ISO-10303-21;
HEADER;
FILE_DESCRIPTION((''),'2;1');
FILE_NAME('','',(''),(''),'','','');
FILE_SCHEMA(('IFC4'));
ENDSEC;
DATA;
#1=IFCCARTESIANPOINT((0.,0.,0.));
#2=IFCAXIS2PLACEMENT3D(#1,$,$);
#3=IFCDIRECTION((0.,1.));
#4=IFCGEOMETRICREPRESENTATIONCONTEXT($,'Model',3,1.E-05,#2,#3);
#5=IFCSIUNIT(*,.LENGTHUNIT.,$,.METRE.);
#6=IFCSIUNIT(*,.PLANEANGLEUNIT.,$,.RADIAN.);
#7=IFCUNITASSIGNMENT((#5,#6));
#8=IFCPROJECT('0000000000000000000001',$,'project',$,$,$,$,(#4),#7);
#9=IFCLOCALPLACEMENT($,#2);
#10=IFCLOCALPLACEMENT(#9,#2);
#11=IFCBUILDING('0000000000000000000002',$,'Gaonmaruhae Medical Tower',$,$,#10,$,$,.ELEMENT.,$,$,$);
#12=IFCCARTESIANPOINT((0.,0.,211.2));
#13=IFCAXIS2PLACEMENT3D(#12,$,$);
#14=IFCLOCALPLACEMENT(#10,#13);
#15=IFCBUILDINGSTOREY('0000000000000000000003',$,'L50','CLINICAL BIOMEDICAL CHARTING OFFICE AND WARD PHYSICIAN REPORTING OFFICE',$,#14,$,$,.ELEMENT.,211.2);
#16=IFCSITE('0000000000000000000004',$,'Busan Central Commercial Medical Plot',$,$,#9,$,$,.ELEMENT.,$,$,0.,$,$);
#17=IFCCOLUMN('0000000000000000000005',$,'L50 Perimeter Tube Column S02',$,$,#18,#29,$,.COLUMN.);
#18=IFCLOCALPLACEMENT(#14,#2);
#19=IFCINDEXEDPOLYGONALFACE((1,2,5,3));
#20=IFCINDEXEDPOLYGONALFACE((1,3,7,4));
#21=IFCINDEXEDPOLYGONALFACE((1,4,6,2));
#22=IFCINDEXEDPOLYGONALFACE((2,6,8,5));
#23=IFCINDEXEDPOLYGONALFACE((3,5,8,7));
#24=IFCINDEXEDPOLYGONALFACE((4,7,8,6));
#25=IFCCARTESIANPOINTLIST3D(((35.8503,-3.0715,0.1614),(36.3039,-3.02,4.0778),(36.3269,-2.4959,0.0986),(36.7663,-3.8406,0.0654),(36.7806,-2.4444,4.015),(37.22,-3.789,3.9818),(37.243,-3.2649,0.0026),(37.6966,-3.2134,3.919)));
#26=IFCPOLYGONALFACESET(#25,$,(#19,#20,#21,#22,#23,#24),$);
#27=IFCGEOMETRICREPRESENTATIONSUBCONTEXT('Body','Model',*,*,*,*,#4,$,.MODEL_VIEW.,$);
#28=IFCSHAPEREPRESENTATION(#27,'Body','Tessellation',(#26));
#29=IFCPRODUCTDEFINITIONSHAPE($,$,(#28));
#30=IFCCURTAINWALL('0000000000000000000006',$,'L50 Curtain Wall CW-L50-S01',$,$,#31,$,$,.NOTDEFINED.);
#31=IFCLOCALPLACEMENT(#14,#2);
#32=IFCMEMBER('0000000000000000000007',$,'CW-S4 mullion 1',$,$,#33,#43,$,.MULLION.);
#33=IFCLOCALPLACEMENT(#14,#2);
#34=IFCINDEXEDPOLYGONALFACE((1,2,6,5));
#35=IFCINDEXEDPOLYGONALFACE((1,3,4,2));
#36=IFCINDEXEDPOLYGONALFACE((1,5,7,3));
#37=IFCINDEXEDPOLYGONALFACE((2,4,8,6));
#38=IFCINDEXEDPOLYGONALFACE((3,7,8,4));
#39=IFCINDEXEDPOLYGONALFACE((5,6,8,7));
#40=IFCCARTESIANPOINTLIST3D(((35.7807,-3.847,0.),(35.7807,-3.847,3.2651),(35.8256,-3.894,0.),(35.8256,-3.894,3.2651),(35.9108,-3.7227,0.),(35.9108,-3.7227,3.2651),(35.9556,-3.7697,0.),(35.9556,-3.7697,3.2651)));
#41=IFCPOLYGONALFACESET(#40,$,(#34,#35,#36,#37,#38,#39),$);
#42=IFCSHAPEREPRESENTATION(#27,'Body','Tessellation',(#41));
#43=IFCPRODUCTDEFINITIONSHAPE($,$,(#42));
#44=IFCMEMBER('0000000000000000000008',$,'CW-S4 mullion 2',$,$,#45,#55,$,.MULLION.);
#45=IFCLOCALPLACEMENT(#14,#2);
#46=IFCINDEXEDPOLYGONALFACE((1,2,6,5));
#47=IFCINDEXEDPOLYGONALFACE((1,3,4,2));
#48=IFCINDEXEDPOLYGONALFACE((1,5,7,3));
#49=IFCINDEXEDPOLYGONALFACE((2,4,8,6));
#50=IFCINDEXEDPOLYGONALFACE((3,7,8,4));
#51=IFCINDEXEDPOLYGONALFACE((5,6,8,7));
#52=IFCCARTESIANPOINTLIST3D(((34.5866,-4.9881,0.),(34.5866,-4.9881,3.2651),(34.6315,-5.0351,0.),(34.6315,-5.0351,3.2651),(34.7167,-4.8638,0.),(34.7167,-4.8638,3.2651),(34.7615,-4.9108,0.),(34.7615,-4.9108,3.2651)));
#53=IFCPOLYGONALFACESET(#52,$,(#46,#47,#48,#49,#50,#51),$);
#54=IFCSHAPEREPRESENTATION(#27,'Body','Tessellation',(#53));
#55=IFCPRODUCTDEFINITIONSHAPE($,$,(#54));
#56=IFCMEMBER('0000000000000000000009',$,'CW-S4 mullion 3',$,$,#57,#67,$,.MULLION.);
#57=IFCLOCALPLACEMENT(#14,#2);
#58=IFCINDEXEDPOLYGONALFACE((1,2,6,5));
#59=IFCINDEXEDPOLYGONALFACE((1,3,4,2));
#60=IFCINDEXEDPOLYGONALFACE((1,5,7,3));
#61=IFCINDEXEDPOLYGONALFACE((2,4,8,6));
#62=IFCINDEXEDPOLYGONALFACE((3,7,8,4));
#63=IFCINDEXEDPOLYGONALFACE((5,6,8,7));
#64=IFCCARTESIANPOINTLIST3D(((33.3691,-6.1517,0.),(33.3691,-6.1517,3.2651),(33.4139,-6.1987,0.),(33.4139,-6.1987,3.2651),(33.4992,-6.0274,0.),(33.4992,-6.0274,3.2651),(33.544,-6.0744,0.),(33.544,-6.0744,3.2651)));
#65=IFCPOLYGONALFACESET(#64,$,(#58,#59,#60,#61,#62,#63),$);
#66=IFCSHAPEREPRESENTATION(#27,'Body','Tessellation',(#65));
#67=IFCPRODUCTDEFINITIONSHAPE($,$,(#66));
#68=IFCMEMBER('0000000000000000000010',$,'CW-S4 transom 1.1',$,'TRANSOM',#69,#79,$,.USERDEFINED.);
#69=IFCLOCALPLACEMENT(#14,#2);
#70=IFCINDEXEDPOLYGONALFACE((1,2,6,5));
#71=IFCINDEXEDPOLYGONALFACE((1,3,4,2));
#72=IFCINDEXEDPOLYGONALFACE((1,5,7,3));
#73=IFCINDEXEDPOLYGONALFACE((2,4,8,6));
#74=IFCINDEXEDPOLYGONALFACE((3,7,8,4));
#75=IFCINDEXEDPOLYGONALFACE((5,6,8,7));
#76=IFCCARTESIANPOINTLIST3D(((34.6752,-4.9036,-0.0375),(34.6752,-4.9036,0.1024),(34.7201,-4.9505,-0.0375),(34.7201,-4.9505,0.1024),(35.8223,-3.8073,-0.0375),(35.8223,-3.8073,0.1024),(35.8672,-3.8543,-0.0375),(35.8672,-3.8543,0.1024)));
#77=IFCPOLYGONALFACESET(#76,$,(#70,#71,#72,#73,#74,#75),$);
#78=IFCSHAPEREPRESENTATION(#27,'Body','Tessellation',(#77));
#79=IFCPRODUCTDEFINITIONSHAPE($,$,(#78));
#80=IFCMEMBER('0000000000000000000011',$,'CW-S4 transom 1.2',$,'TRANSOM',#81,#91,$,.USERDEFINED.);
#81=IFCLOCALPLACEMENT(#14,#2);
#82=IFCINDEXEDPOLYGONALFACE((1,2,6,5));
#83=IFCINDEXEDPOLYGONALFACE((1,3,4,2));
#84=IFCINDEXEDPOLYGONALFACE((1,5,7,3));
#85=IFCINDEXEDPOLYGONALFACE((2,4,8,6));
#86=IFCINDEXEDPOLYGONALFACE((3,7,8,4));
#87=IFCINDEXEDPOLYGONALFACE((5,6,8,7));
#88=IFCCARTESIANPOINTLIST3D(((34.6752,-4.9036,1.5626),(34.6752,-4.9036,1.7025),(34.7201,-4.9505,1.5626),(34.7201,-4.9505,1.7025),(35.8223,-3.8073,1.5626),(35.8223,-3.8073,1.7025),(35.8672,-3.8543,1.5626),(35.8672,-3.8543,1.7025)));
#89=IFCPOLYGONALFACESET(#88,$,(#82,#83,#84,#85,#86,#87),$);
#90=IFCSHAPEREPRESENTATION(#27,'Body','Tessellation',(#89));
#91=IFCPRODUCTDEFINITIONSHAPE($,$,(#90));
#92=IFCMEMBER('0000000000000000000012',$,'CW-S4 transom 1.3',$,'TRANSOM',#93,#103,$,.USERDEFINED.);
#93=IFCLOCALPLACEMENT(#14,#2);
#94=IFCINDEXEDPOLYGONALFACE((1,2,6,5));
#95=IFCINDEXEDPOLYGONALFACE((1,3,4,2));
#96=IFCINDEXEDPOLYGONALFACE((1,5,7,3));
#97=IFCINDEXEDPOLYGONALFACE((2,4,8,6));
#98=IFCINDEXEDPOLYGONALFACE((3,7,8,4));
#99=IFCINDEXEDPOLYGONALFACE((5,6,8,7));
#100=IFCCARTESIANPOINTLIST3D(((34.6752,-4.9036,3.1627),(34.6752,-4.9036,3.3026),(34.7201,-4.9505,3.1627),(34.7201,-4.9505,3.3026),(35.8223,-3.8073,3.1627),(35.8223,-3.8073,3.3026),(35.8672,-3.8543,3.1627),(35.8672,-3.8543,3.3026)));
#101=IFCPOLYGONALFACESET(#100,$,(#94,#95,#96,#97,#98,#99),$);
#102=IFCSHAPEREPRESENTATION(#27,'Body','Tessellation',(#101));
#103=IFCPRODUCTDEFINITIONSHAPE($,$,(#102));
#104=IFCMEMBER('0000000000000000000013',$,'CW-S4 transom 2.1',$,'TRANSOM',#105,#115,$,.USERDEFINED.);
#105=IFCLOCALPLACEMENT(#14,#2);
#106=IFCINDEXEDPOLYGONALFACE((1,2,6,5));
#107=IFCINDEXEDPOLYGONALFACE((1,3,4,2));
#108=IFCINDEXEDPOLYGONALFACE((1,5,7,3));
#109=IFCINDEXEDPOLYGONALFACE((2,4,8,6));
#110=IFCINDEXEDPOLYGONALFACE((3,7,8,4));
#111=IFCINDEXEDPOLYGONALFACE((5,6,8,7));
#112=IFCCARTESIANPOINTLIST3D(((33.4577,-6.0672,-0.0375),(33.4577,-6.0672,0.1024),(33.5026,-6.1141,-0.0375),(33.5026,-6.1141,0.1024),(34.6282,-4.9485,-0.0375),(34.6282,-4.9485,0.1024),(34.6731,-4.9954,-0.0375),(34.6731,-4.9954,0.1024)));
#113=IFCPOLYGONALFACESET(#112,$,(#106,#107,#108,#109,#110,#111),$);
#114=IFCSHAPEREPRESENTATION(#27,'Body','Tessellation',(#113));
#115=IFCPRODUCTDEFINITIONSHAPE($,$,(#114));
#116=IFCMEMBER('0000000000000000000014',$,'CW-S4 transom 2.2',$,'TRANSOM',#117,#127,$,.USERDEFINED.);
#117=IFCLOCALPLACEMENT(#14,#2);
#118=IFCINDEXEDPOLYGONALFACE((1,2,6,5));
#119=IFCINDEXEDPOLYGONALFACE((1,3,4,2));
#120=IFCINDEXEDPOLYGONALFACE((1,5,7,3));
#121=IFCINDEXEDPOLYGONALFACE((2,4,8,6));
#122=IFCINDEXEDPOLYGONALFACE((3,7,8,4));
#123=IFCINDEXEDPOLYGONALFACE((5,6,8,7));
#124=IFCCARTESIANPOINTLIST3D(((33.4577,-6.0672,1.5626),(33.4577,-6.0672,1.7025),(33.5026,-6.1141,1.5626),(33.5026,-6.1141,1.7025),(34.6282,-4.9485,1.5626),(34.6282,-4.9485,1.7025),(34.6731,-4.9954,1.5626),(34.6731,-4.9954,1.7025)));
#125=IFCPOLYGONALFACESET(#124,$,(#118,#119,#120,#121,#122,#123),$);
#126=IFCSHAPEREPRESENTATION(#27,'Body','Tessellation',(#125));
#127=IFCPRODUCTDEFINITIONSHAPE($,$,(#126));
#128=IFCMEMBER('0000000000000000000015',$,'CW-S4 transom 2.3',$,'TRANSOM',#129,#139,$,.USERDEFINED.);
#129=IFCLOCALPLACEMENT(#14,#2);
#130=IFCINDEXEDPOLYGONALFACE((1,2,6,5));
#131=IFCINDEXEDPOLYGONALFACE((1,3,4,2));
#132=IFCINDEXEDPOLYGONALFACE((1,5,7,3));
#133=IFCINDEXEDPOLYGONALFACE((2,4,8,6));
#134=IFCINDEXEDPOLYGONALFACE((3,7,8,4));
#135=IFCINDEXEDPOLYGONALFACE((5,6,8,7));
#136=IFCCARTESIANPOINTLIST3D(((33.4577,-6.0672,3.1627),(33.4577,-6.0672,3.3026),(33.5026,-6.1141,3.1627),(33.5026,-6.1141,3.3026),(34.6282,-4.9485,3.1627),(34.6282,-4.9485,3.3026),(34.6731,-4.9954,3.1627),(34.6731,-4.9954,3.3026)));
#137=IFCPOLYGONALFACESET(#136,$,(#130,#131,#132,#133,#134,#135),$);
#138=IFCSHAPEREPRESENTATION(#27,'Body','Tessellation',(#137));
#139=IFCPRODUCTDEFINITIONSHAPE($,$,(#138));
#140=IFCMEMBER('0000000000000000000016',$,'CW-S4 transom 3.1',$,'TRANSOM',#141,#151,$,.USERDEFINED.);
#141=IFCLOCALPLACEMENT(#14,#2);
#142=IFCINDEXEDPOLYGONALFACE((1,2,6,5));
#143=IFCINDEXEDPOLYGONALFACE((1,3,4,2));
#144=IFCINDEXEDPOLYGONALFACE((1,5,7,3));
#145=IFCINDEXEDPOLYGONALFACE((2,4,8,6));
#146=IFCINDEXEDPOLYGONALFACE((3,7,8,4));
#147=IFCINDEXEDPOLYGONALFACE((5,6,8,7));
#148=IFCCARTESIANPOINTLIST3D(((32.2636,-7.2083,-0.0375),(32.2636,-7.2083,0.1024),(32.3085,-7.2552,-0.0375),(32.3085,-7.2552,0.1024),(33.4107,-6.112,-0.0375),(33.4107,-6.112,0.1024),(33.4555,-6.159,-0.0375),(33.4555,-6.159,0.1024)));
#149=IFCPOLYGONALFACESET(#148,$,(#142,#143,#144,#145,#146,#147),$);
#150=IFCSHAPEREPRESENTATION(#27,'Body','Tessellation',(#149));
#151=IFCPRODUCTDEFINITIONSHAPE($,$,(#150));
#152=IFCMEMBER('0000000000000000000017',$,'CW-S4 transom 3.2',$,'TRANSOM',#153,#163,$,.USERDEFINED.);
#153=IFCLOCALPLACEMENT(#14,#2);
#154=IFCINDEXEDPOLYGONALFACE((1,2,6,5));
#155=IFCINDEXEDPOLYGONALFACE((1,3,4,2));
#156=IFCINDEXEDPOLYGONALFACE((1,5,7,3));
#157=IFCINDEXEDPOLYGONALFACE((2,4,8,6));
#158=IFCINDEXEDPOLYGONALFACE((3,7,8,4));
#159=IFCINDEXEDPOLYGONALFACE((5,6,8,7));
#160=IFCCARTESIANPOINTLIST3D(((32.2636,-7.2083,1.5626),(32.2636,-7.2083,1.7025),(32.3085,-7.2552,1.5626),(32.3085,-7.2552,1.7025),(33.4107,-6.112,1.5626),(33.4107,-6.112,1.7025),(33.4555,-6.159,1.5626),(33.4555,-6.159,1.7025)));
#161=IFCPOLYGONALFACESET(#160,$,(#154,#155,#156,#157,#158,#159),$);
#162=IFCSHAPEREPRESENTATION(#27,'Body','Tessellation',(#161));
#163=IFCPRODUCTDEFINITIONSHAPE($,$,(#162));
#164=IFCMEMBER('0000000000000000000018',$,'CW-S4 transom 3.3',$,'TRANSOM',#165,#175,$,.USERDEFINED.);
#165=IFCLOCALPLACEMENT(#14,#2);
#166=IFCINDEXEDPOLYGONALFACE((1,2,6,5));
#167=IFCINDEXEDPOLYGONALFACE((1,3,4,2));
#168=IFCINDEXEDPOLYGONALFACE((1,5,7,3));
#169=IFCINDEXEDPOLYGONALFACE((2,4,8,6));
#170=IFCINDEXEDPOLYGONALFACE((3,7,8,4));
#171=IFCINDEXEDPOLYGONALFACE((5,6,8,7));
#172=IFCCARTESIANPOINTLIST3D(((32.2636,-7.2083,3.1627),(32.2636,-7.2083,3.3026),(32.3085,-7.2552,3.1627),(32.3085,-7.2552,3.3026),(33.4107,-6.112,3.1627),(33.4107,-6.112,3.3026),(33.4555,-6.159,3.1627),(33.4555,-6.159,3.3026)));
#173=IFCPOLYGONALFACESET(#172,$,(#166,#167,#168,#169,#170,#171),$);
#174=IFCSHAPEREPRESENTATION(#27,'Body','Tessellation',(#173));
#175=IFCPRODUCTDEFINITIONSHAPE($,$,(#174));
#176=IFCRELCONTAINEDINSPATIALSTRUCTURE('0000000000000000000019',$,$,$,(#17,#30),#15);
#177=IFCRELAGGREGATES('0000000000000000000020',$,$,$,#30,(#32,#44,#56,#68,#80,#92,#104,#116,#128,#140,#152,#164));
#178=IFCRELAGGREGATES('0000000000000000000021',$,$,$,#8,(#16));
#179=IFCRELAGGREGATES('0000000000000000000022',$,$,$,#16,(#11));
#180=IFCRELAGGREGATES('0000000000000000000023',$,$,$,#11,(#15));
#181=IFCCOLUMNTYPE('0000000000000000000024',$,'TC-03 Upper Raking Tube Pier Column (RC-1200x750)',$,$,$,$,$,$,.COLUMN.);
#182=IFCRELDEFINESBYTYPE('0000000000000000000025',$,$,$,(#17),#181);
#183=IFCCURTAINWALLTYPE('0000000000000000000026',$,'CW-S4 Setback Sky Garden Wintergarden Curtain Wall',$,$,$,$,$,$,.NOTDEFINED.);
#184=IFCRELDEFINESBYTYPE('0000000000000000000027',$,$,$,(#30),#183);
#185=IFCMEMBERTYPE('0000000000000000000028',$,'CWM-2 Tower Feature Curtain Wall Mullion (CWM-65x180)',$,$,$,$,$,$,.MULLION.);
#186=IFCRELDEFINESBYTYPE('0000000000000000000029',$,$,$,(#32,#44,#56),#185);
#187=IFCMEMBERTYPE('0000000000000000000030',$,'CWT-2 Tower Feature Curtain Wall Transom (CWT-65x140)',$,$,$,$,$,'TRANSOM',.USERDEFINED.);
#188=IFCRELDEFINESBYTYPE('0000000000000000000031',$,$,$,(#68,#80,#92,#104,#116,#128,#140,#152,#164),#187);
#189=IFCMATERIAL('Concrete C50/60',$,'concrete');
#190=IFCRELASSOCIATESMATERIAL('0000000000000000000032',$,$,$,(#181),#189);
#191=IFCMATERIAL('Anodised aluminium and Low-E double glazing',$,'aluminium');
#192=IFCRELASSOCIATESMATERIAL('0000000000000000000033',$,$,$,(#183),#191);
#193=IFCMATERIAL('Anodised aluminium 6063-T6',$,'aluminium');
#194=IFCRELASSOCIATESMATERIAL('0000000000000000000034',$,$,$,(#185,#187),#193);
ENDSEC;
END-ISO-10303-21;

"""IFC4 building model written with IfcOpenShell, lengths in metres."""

from ifc_helpers import new_model, si_unit, direction, frame, origin, origin_2d, place, context, subcontext, project, spatial, rectangle, extrude, material, material_profile, profile_set, type_object, element, aggregate, save


model = new_model("IFC4")

# Units and contexts
model_context = context("Model", 3, precision=1e-05, world=origin(), true_north=direction((0.0, 1.0)))
body_context = subcontext(model_context, "Body", "Model", "MODEL_VIEW")
ifc_project = project(units=[si_unit("LENGTHUNIT", "METRE"), si_unit("PLANEANGLEUNIT", "RADIAN")], contexts=[model_context])

# Site, building, storey
site_placement = place(None, origin())
site = spatial("IfcSite", under=ifc_project, at=site_placement, Name="Busan Central Commercial Medical Plot", CompositionType="ELEMENT", RefElevation=0.0)
building_placement = place(site_placement, origin())
building = spatial("IfcBuilding", under=site, at=building_placement, Name="Gaonmaruhae Medical Tower", CompositionType="ELEMENT")
storey_placement = place(building_placement, frame((0.0, 0.0, 211.2)))
storey = spatial("IfcBuildingStorey", under=building, at=storey_placement, Name="L50", Description="CLINICAL BIOMEDICAL CHARTING OFFICE AND WARD PHYSICIAN REPORTING OFFICE", CompositionType="ELEMENT", Elevation=211.2)

# Column
ifc_material_1 = material(Name="Concrete C50/60", Category="concrete")
ifc_material_profile_1 = material_profile(ifc_material_1, rectangle(XDim=1.2, YDim=0.75, at=origin_2d()), Name="RC-1200x750")
ifc_profile_set_1 = profile_set([ifc_material_profile_1], Name="Concrete C50/60")
column_type = type_object("IfcColumnType", Name="TC-03 Upper Raking Tube Pier Column (RC-1200x750)", PredefinedType="COLUMN", material=ifc_profile_set_1)
column_placement = place(storey_placement, frame((36.5466, -3.1682, 0.082), z_axis=(0.115049, 0.013065, 0.993274), x_axis=(-0.763431, 0.640917, 0.079996)))
element("IfcColumn", 1, at=column_placement, inside=storey, type_object=column_type, Name="L50 Perimeter Tube Column S02", PredefinedType="COLUMN", context=body_context, shape_type="SweptSolid", body=[
    extrude(rectangle(XDim=1.2, YDim=0.75, at=origin_2d()), origin(), (0.0, 0.0, 1.0), 3.9429),
])

# Curtain wall, members
ifc_material_2 = material(Name="Anodised aluminium and Low-E double glazing", Category="aluminium")
curtain_wall_type = type_object("IfcCurtainWallType", Name="CW-S4 Setback Sky Garden Wintergarden Curtain Wall", PredefinedType="NOTDEFINED", material=ifc_material_2)
curtain_wall_placement = place(storey_placement, origin())
curtain_wall = element("IfcCurtainWall", 2, at=curtain_wall_placement, inside=storey, type_object=curtain_wall_type, Name="L50 Curtain Wall CW-L50-S01", PredefinedType="NOTDEFINED")
ifc_material_3 = material(Name="Anodised aluminium 6063-T6", Category="aluminium")
ifc_material_profile_2 = material_profile(ifc_material_3, rectangle(XDim=0.0649, YDim=0.1799, at=origin_2d()), Name="CWM-65x180")
ifc_profile_set_2 = profile_set([ifc_material_profile_2], Name="Anodised aluminium 6063-T6")
member_type_1 = type_object("IfcMemberType", Name="CWM-2 Tower Feature Curtain Wall Mullion (CWM-65x180)", PredefinedType="MULLION", material=ifc_profile_set_2)
member_1_placement = place(storey_placement, frame((35.8682, -3.8083, 0.0), z_axis=(0.0, 0.0, 1.0), x_axis=(0.690882, -0.722967, 0.0)))
member_1 = element("IfcMember", 3, at=member_1_placement, type_object=member_type_1, Name="CW-S4 mullion 1", PredefinedType="MULLION", context=body_context, shape_type="SweptSolid", body=[
    extrude(rectangle(XDim=0.0649, YDim=0.1799, at=origin_2d()), origin(), (0.0, 0.0, 1.0), 3.2651),
])
member_2_placement = place(storey_placement, frame((34.6741, -4.9495, 0.0), z_axis=(0.0, 0.0, 1.0), x_axis=(0.690882, -0.722967, 0.0)))
member_2 = element("IfcMember", 4, at=member_2_placement, type_object=member_type_1, Name="CW-S4 mullion 2", PredefinedType="MULLION", context=body_context, shape_type="SweptSolid", body=[
    extrude(rectangle(XDim=0.0649, YDim=0.1799, at=origin_2d()), origin(), (0.0, 0.0, 1.0), 3.2651),
])
member_3_placement = place(storey_placement, frame((33.4565, -6.113, 0.0), z_axis=(0.0, 0.0, 1.0), x_axis=(0.690882, -0.722967, 0.0)))
member_3 = element("IfcMember", 5, at=member_3_placement, type_object=member_type_1, Name="CW-S4 mullion 3", PredefinedType="MULLION", context=body_context, shape_type="SweptSolid", body=[
    extrude(rectangle(XDim=0.0649, YDim=0.1799, at=origin_2d()), origin(), (0.0, 0.0, 1.0), 3.2651),
])
ifc_material_profile_3 = material_profile(ifc_material_3, rectangle(XDim=0.0649, YDim=0.1399, at=origin_2d()), Name="CWT-65x140")
ifc_profile_set_3 = profile_set([ifc_material_profile_3], Name="Anodised aluminium 6063-T6")
member_type_2 = type_object("IfcMemberType", Name="CWT-2 Tower Feature Curtain Wall Transom (CWT-65x140)", ElementType="TRANSOM", PredefinedType="USERDEFINED", material=ifc_profile_set_3)
member_4_placement = place(storey_placement, frame((35.8447, -3.8308, 0.0325), z_axis=(-0.722929, -0.690922, 0.0), x_axis=(0.690922, -0.722929, 0.0)))
member_4 = element("IfcMember", 6, at=member_4_placement, type_object=member_type_2, Name="CW-S4 transom 1.1", ObjectType="TRANSOM", PredefinedType="USERDEFINED", context=body_context, shape_type="SweptSolid", body=[
    extrude(rectangle(XDim=0.0649, YDim=0.1399, at=origin_2d()), origin(), (0.0, 0.0, 1.0), 1.5867),
])
member_5_placement = place(storey_placement, frame((35.8447, -3.8308, 1.6326), z_axis=(-0.722929, -0.690922, 0.0), x_axis=(0.690922, -0.722929, 0.0)))
member_5 = element("IfcMember", 7, at=member_5_placement, type_object=member_type_2, Name="CW-S4 transom 1.2", ObjectType="TRANSOM", PredefinedType="USERDEFINED", context=body_context, shape_type="SweptSolid", body=[
    extrude(rectangle(XDim=0.0649, YDim=0.1399, at=origin_2d()), origin(), (0.0, 0.0, 1.0), 1.5867),
])
member_6_placement = place(storey_placement, frame((35.8447, -3.8308, 3.2327), z_axis=(-0.722929, -0.690922, 0.0), x_axis=(0.690922, -0.722929, 0.0)))
member_6 = element("IfcMember", 8, at=member_6_placement, type_object=member_type_2, Name="CW-S4 transom 1.3", ObjectType="TRANSOM", PredefinedType="USERDEFINED", context=body_context, shape_type="SweptSolid", body=[
    extrude(rectangle(XDim=0.0649, YDim=0.1399, at=origin_2d()), origin(), (0.0, 0.0, 1.0), 1.5867),
])
member_7_placement = place(storey_placement, frame((34.6506, -4.9719, 0.0325), z_axis=(-0.72291, -0.690942, 0.0), x_axis=(0.690942, -0.72291, 0.0)))
member_7 = element("IfcMember", 9, at=member_7_placement, type_object=member_type_2, Name="CW-S4 transom 2.1", ObjectType="TRANSOM", PredefinedType="USERDEFINED", context=body_context, shape_type="SweptSolid", body=[
    extrude(rectangle(XDim=0.0649, YDim=0.1399, at=origin_2d()), origin(), (0.0, 0.0, 1.0), 1.6191),
])
member_8_placement = place(storey_placement, frame((34.6506, -4.9719, 1.6326), z_axis=(-0.72291, -0.690942, 0.0), x_axis=(0.690942, -0.72291, 0.0)))
member_8 = element("IfcMember", 10, at=member_8_placement, type_object=member_type_2, Name="CW-S4 transom 2.2", ObjectType="TRANSOM", PredefinedType="USERDEFINED", context=body_context, shape_type="SweptSolid", body=[
    extrude(rectangle(XDim=0.0649, YDim=0.1399, at=origin_2d()), origin(), (0.0, 0.0, 1.0), 1.6191),
])
member_9_placement = place(storey_placement, frame((34.6506, -4.9719, 3.2327), z_axis=(-0.72291, -0.690942, 0.0), x_axis=(0.690942, -0.72291, 0.0)))
member_9 = element("IfcMember", 11, at=member_9_placement, type_object=member_type_2, Name="CW-S4 transom 2.3", ObjectType="TRANSOM", PredefinedType="USERDEFINED", context=body_context, shape_type="SweptSolid", body=[
    extrude(rectangle(XDim=0.0649, YDim=0.1399, at=origin_2d()), origin(), (0.0, 0.0, 1.0), 1.6191),
])
member_10_placement = place(storey_placement, frame((33.4331, -6.1355, 0.0325), z_axis=(-0.722929, -0.690922, 0.0), x_axis=(0.690922, -0.722929, 0.0)))
member_10 = element("IfcMember", 12, at=member_10_placement, type_object=member_type_2, Name="CW-S4 transom 3.1", ObjectType="TRANSOM", PredefinedType="USERDEFINED", context=body_context, shape_type="SweptSolid", body=[
    extrude(rectangle(XDim=0.0649, YDim=0.1399, at=origin_2d()), origin(), (0.0, 0.0, 1.0), 1.5867),
])
member_11_placement = place(storey_placement, frame((33.4331, -6.1355, 1.6326), z_axis=(-0.722929, -0.690922, 0.0), x_axis=(0.690922, -0.722929, 0.0)))
member_11 = element("IfcMember", 13, at=member_11_placement, type_object=member_type_2, Name="CW-S4 transom 3.2", ObjectType="TRANSOM", PredefinedType="USERDEFINED", context=body_context, shape_type="SweptSolid", body=[
    extrude(rectangle(XDim=0.0649, YDim=0.1399, at=origin_2d()), origin(), (0.0, 0.0, 1.0), 1.5867),
])
member_12_placement = place(storey_placement, frame((33.4331, -6.1355, 3.2327), z_axis=(-0.722929, -0.690922, 0.0), x_axis=(0.690922, -0.722929, 0.0)))
member_12 = element("IfcMember", 14, at=member_12_placement, type_object=member_type_2, Name="CW-S4 transom 3.3", ObjectType="TRANSOM", PredefinedType="USERDEFINED", context=body_context, shape_type="SweptSolid", body=[
    extrude(rectangle(XDim=0.0649, YDim=0.1399, at=origin_2d()), origin(), (0.0, 0.0, 1.0), 1.5867),
])

aggregate(curtain_wall, [member_1, member_2, member_3, member_4, member_5, member_6, member_7, member_8, member_9, member_10, member_11, member_12])

save(model, "model.ifc")
